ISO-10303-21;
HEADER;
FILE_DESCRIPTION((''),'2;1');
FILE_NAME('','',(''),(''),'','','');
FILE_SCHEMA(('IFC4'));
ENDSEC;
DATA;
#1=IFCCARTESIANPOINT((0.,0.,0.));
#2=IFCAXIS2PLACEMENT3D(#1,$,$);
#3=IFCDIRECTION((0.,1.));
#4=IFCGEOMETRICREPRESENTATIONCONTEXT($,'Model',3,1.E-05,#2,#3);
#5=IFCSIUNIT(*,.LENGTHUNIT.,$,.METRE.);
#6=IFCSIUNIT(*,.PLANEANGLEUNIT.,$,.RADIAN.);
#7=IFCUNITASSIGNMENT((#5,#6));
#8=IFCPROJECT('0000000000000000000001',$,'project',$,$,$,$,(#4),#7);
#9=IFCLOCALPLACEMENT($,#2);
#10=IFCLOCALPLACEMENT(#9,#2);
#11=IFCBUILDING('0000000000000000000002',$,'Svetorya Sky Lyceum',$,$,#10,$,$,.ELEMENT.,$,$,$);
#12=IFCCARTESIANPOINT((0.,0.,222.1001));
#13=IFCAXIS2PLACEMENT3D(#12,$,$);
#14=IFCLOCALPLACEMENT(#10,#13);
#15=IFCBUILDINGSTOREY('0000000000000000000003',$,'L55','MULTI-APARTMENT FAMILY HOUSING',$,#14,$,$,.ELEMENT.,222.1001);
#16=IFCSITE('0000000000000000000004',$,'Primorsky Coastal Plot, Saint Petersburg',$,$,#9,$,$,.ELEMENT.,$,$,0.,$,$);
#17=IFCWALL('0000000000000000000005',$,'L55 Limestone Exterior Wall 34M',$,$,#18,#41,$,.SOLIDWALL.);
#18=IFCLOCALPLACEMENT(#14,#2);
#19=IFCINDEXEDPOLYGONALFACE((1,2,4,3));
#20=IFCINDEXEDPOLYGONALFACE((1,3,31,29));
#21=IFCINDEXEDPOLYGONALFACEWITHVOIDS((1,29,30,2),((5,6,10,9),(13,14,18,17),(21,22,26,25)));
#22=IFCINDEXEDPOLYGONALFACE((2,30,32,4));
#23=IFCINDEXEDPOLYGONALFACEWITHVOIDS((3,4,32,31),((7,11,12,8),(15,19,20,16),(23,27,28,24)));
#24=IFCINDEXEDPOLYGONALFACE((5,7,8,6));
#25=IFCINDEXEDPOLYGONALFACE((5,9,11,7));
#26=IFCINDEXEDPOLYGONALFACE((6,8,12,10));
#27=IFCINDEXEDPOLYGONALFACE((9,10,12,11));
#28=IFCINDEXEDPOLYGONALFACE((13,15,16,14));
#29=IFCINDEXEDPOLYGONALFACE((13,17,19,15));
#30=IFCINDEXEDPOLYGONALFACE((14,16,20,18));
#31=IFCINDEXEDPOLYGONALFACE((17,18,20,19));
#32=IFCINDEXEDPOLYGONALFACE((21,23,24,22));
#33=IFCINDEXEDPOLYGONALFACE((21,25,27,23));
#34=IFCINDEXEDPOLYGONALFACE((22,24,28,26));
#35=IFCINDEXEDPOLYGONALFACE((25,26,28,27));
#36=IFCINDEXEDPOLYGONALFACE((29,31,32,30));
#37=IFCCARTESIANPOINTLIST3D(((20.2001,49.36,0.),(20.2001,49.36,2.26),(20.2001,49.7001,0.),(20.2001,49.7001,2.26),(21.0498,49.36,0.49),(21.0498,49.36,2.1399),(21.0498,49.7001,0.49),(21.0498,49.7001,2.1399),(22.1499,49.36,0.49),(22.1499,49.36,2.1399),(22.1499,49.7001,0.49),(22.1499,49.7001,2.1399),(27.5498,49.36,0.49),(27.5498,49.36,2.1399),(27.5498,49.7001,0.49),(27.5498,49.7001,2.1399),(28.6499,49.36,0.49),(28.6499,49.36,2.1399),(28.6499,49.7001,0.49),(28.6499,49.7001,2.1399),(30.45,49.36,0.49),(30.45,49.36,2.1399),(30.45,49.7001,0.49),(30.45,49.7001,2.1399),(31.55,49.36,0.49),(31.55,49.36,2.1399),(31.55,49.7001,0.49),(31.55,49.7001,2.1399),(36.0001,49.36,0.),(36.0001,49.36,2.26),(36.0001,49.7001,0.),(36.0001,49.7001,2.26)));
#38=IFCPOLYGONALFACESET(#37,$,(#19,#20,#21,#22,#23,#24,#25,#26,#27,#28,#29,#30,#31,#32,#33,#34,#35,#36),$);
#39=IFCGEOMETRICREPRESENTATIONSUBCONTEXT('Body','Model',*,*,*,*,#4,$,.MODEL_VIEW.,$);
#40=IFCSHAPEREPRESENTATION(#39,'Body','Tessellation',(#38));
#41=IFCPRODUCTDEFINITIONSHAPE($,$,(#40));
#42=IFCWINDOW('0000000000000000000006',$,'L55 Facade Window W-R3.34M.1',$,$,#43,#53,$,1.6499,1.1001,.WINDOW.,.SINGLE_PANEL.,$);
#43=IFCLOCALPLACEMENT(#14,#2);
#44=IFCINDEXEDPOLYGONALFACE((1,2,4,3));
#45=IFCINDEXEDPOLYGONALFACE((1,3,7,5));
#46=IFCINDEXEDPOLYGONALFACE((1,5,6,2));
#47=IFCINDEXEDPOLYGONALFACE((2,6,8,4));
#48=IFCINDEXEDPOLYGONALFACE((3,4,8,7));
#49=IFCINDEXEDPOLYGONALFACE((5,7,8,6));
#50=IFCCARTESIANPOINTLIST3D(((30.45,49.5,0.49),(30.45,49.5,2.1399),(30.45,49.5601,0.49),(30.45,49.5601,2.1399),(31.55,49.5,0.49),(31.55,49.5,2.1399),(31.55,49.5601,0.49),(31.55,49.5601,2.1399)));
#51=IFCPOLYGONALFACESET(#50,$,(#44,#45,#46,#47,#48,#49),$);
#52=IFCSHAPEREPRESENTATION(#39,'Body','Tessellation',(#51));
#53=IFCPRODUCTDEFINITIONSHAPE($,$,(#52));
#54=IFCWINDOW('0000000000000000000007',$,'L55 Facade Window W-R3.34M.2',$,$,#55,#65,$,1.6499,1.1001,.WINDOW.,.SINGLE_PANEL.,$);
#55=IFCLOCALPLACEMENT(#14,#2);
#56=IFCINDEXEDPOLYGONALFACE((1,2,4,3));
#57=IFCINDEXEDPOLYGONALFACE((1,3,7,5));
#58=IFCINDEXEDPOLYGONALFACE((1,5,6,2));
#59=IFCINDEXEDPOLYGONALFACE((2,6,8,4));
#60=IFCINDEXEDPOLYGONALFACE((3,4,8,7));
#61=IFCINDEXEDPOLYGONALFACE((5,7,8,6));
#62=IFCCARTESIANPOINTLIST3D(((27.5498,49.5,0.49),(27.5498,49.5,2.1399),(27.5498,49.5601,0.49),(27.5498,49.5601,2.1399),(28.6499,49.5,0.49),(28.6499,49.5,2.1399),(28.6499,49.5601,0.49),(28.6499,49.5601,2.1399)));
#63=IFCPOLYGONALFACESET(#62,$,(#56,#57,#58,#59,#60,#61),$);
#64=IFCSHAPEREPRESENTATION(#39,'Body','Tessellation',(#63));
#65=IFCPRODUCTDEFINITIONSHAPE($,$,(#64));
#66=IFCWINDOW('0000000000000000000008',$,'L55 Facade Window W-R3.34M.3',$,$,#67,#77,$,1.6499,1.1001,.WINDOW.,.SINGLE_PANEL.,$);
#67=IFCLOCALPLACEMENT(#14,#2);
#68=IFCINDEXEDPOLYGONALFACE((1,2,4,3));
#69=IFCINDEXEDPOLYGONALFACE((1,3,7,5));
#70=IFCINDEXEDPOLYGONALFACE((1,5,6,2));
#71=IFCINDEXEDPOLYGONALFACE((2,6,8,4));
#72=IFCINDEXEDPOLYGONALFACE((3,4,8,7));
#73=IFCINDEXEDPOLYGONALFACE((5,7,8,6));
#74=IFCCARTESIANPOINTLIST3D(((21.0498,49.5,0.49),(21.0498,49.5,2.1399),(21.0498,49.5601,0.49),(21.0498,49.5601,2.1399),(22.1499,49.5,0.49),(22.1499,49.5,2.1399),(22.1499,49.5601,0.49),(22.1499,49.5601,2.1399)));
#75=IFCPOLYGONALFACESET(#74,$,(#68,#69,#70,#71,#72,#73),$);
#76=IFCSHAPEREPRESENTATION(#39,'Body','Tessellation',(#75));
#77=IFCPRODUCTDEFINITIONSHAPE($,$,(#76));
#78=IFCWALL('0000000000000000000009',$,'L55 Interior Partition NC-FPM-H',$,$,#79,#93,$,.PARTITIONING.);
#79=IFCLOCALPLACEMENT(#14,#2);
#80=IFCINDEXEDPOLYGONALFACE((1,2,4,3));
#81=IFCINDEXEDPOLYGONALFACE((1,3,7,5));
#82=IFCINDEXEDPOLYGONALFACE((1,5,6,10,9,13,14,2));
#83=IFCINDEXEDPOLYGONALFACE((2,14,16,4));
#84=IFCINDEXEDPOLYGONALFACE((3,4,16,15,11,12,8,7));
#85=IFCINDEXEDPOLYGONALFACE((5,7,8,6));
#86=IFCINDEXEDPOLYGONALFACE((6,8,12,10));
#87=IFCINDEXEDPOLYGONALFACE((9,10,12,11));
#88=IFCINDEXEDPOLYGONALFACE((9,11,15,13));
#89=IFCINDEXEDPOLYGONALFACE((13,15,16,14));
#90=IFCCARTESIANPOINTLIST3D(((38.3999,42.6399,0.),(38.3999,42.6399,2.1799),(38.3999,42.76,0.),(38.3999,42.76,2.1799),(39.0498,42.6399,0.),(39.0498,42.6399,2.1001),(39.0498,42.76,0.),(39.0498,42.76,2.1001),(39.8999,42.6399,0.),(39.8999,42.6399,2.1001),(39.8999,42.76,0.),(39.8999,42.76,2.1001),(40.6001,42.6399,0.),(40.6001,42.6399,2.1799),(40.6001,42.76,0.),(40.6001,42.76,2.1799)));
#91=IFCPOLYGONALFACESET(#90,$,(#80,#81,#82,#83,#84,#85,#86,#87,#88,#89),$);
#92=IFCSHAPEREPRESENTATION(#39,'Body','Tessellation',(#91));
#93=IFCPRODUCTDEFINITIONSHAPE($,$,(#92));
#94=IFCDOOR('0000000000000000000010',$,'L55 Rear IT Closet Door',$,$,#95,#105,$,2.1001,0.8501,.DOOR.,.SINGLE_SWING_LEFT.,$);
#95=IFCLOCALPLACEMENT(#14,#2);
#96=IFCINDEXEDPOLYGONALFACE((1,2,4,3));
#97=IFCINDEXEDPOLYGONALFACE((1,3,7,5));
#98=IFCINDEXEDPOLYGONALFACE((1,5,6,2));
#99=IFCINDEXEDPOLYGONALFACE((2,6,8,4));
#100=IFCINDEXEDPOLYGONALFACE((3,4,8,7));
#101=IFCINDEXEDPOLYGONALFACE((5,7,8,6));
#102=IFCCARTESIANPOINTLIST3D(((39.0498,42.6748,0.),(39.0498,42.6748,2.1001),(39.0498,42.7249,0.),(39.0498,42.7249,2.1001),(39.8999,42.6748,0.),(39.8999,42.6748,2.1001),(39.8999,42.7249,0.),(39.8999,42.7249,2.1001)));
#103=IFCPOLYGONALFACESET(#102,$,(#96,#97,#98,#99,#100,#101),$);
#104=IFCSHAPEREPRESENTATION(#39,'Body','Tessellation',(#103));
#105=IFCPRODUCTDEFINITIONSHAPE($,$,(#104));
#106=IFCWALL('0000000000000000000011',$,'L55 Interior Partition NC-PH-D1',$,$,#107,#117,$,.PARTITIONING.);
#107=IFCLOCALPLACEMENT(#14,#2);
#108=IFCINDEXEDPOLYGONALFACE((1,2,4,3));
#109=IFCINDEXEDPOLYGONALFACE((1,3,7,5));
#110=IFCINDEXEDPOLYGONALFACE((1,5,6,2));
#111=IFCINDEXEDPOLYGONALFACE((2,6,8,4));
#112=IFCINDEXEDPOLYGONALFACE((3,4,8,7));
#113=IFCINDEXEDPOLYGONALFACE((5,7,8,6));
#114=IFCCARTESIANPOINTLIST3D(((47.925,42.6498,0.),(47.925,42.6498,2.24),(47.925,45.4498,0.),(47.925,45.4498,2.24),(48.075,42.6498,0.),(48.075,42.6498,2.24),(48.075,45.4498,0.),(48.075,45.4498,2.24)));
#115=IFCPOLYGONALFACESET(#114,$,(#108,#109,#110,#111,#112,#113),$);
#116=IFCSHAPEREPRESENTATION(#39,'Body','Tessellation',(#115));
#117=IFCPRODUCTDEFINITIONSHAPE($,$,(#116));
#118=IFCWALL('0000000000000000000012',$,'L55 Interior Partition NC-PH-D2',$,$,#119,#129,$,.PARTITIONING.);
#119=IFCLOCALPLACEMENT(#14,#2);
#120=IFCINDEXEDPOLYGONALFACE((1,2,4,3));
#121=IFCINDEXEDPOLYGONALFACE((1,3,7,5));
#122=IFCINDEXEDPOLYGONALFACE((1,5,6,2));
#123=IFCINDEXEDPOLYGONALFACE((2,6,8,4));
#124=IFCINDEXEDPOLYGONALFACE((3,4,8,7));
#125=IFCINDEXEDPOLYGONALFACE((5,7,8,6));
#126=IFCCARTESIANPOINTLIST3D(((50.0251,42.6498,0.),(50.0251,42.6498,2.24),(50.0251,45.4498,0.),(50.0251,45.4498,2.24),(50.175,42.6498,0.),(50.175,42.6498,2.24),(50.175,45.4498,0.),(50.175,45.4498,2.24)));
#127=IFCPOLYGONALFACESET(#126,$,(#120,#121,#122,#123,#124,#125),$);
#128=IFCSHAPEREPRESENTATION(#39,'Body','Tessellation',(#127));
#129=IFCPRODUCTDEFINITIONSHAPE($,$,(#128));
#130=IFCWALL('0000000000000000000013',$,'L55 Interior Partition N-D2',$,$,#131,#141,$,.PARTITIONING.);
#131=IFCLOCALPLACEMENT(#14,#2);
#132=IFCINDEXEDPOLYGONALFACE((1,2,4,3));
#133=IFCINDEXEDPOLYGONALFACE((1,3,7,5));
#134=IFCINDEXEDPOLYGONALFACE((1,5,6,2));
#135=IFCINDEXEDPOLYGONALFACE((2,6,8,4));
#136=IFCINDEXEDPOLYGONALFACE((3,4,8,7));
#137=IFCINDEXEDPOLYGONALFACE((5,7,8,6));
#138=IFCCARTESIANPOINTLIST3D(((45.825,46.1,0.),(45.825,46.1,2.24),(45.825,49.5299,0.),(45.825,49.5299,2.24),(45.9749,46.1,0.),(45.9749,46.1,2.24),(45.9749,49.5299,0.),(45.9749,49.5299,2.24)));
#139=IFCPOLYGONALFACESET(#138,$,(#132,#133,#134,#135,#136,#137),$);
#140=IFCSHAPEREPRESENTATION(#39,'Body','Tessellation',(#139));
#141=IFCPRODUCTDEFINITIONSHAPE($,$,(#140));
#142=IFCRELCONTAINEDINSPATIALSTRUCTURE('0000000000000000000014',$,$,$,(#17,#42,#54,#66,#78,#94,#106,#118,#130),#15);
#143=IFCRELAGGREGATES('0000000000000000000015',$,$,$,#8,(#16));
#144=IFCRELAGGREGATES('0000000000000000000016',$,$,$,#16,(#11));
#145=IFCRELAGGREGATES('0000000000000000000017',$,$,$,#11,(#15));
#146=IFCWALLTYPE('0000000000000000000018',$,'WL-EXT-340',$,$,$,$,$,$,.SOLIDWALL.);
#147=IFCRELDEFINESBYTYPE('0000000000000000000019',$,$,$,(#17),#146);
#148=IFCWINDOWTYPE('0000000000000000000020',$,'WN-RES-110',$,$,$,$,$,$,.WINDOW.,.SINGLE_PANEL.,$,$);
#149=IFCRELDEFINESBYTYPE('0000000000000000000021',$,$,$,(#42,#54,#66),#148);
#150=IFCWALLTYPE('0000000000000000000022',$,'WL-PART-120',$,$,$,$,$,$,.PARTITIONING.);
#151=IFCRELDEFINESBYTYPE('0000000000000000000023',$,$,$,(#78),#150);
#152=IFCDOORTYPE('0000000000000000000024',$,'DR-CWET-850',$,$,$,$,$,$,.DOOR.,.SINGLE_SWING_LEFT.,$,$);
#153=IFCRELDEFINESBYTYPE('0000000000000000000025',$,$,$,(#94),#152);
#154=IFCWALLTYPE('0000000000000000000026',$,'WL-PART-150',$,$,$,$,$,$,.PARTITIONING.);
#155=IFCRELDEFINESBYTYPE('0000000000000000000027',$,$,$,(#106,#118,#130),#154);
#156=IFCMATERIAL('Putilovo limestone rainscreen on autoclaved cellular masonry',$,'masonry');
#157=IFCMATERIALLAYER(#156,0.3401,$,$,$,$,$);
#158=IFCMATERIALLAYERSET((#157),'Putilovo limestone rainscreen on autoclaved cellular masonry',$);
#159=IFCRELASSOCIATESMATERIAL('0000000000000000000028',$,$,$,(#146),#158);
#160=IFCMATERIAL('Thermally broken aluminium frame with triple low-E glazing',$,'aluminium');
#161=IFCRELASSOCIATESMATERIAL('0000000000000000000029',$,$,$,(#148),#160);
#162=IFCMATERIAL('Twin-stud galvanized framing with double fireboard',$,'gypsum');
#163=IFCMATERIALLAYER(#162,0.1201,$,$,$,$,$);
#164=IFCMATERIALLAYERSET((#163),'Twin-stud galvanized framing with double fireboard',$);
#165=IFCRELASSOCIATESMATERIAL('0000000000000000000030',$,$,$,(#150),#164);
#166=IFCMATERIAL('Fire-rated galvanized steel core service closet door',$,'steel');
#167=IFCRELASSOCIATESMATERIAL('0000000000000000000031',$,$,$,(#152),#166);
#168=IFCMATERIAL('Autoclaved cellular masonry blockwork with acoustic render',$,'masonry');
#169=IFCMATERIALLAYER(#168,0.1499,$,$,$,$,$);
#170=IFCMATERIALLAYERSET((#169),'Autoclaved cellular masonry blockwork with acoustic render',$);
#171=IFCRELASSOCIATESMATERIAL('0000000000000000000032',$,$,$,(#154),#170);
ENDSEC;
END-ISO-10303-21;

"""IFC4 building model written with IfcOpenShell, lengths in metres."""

from ifc_helpers import new_model, si_unit, direction, frame, frame_2d, origin, place, context, subcontext, project, spatial, rectangle, extrude, material, layer, layer_set, type_object, element, fill, save


model = new_model("IFC4")

# Units and contexts
model_context = context("Model", 3, precision=1e-05, world=origin(), true_north=direction((0.0, 1.0)))
body_context = subcontext(model_context, "Body", "Model", "MODEL_VIEW")
ifc_project = project(units=[si_unit("LENGTHUNIT", "METRE"), si_unit("PLANEANGLEUNIT", "RADIAN")], contexts=[model_context])

# Site, building, storey
site_placement = place(None, origin())
site = spatial("IfcSite", under=ifc_project, at=site_placement, Name="Primorsky Coastal Plot, Saint Petersburg", CompositionType="ELEMENT", RefElevation=0.0)
building_placement = place(site_placement, origin())
building = spatial("IfcBuilding", under=site, at=building_placement, Name="Svetorya Sky Lyceum", CompositionType="ELEMENT")
storey_placement = place(building_placement, frame((0.0, 0.0, 222.1001)))
storey = spatial("IfcBuildingStorey", under=building, at=storey_placement, Name="L55", Description="MULTI-APARTMENT FAMILY HOUSING", CompositionType="ELEMENT", Elevation=222.1001)

# Shared definitions
ifc_material_1 = material(Name="Putilovo limestone rainscreen on autoclaved cellular masonry", Category="masonry")
ifc_layer_1 = layer(ifc_material_1, 0.3401)
ifc_layer_set_1 = layer_set([ifc_layer_1], Name="Putilovo limestone rainscreen on autoclaved cellular masonry")
wall_type_1 = type_object("IfcWallType", Name="WL-EXT-340", PredefinedType="SOLIDWALL", material=ifc_layer_set_1)

# Wall, openings, windows
wall_1_placement = place(storey_placement, frame((36.0, 49.53, 0.0), z_axis=(0.0, 0.0, 1.0), x_axis=(-1.0, 0.0, 0.0)))
wall_1 = element("IfcWall", 1, at=wall_1_placement, inside=storey, type_object=wall_type_1, Name="L55 Limestone Exterior Wall 34M", PredefinedType="SOLIDWALL", context=body_context, shape_type="SweptSolid", body=[
    extrude(rectangle(XDim=15.8, YDim=0.3401, at=frame_2d((7.8999, 0.0))), origin(), (0.0, 0.0, 1.0), 2.26),
])
opening_1_placement = place(wall_1_placement, frame((4.45, 0.0, 0.49)))
opening_1 = element("IfcOpeningElement", 2, at=opening_1_placement, cuts=wall_1, PredefinedType="OPENING", context=body_context, shape_type="SweptSolid", body=[
    extrude(rectangle(XDim=1.1001, YDim=1.6499, at=frame_2d((0.55, 0.825))), frame((0.0, 0.1799, 0.0), z_axis=(0.0, -1.0, 0.0), x_axis=(1.0, 0.0, 0.0)), (0.0, 0.0, 1.0), 0.3601),
])
opening_2_placement = place(wall_1_placement, frame((7.3501, 0.0, 0.49)))
opening_2 = element("IfcOpeningElement", 3, at=opening_2_placement, cuts=wall_1, PredefinedType="OPENING", context=body_context, shape_type="SweptSolid", body=[
    extrude(rectangle(XDim=1.1001, YDim=1.6499, at=frame_2d((0.55, 0.825))), frame((0.0, 0.1799, 0.0), z_axis=(0.0, -1.0, 0.0), x_axis=(1.0, 0.0, 0.0)), (0.0, 0.0, 1.0), 0.3601),
])
opening_3_placement = place(wall_1_placement, frame((13.8501, 0.0, 0.49)))
opening_3 = element("IfcOpeningElement", 4, at=opening_3_placement, cuts=wall_1, PredefinedType="OPENING", context=body_context, shape_type="SweptSolid", body=[
    extrude(rectangle(XDim=1.1001, YDim=1.6499, at=frame_2d((0.55, 0.825))), frame((0.0, 0.1799, 0.0), z_axis=(0.0, -1.0, 0.0), x_axis=(1.0, 0.0, 0.0)), (0.0, 0.0, 1.0), 0.3601),
])
ifc_material_2 = material(Name="Thermally broken aluminium frame with triple low-E glazing", Category="aluminium")
window_type = type_object("IfcWindowType", Name="WN-RES-110", PartitioningType="SINGLE_PANEL", PredefinedType="WINDOW", material=ifc_material_2)
window_1_placement = place(opening_1_placement, origin())
window_1 = element("IfcWindow", 5, at=window_1_placement, inside=storey, type_object=window_type, Name="L55 Facade Window W-R3.34M.1", OverallHeight=1.6499, OverallWidth=1.1001, PartitioningType="SINGLE_PANEL", PredefinedType="WINDOW", context=body_context, shape_type="SweptSolid", body=[
    extrude(rectangle(XDim=1.1001, YDim=1.6499, at=frame_2d((0.55, 0.825))), frame((0.0, 0.03, 0.0), z_axis=(0.0, -1.0, 0.0), x_axis=(1.0, 0.0, 0.0)), (0.0, 0.0, 1.0), 0.0601),
])
fill(opening_1, window_1)
window_2_placement = place(opening_2_placement, origin())
window_2 = element("IfcWindow", 6, at=window_2_placement, inside=storey, type_object=window_type, Name="L55 Facade Window W-R3.34M.2", OverallHeight=1.6499, OverallWidth=1.1001, PartitioningType="SINGLE_PANEL", PredefinedType="WINDOW", context=body_context, shape_type="SweptSolid", body=[
    extrude(rectangle(XDim=1.1001, YDim=1.6499, at=frame_2d((0.55, 0.825))), frame((0.0, 0.03, 0.0), z_axis=(0.0, -1.0, 0.0), x_axis=(1.0, 0.0, 0.0)), (0.0, 0.0, 1.0), 0.0601),
])
fill(opening_2, window_2)
window_3_placement = place(opening_3_placement, origin())
window_3 = element("IfcWindow", 7, at=window_3_placement, inside=storey, type_object=window_type, Name="L55 Facade Window W-R3.34M.3", OverallHeight=1.6499, OverallWidth=1.1001, PartitioningType="SINGLE_PANEL", PredefinedType="WINDOW", context=body_context, shape_type="SweptSolid", body=[
    extrude(rectangle(XDim=1.1001, YDim=1.6499, at=frame_2d((0.55, 0.825))), frame((0.0, 0.03, 0.0), z_axis=(0.0, -1.0, 0.0), x_axis=(1.0, 0.0, 0.0)), (0.0, 0.0, 1.0), 0.0601),
])
fill(opening_3, window_3)

# Wall, opening, door
ifc_material_3 = material(Name="Twin-stud galvanized framing with double fireboard", Category="gypsum")
ifc_layer_2 = layer(ifc_material_3, 0.1201)
ifc_layer_set_2 = layer_set([ifc_layer_2], Name="Twin-stud galvanized framing with double fireboard")
wall_type_2 = type_object("IfcWallType", Name="WL-PART-120", PredefinedType="PARTITIONING", material=ifc_layer_set_2)
wall_2_placement = place(storey_placement, frame((38.3999, 42.7, 0.0), z_axis=(0.0, 0.0, 1.0), x_axis=(1.0, 0.0, 0.0)))
wall_2 = element("IfcWall", 8, at=wall_2_placement, inside=storey, type_object=wall_type_2, Name="L55 Interior Partition NC-FPM-H", PredefinedType="PARTITIONING", context=body_context, shape_type="SweptSolid", body=[
    extrude(rectangle(XDim=2.2002, YDim=0.1201, at=frame_2d((1.1001, 0.0))), origin(), (0.0, 0.0, 1.0), 2.1799),
])
opening_4_placement = place(wall_2_placement, frame((0.6499, 0.0, 0.0)))
opening_4 = element("IfcOpeningElement", 9, at=opening_4_placement, cuts=wall_2, PredefinedType="OPENING", context=body_context, shape_type="SweptSolid", body=[
    extrude(rectangle(XDim=0.8501, YDim=2.1001, at=frame_2d((0.425, 1.05))), frame((0.0, 0.0701, 0.0), z_axis=(0.0, -1.0, 0.0), x_axis=(1.0, 0.0, 0.0)), (0.0, 0.0, 1.0), 0.1401),
])
ifc_material_4 = material(Name="Fire-rated galvanized steel core service closet door", Category="steel")
door_type_1 = type_object("IfcDoorType", Name="DR-CWET-850", OperationType="SINGLE_SWING_LEFT", PredefinedType="DOOR", material=ifc_material_4)
door_1_placement = place(opening_4_placement, origin())
door_1 = element("IfcDoor", 10, at=door_1_placement, inside=storey, type_object=door_type_1, Name="L55 Rear IT Closet Door", OperationType="SINGLE_SWING_LEFT", OverallHeight=2.1001, OverallWidth=0.8501, PredefinedType="DOOR", context=body_context, shape_type="SweptSolid", body=[
    extrude(rectangle(XDim=0.8501, YDim=2.1001, at=frame_2d((0.425, 1.05))), frame((0.0, 0.0249, 0.0), z_axis=(0.0, -1.0, 0.0), x_axis=(1.0, 0.0, 0.0)), (0.0, 0.0, 1.0), 0.05),
])
fill(opening_4, door_1)

# Walls
ifc_material_5 = material(Name="Autoclaved cellular masonry blockwork with acoustic render", Category="masonry")
ifc_layer_3 = layer(ifc_material_5, 0.1499)
ifc_layer_set_3 = layer_set([ifc_layer_3], Name="Autoclaved cellular masonry blockwork with acoustic render")
wall_type_3 = type_object("IfcWallType", Name="WL-PART-150", PredefinedType="PARTITIONING", material=ifc_layer_set_3)
for number, where, z_axis, x_axis, name in (
    (11, (48.0, 42.6499, 0.0), (0.0, 0.0, 1.0), (0.0, 1.0, 0.0), "L55 Interior Partition NC-PH-D1"),
    (12, (50.1001, 42.6499, 0.0), (0.0, 0.0, 1.0), (0.0, 1.0, 0.0), "L55 Interior Partition NC-PH-D2"),
):
    element("IfcWall", number, at=place(storey_placement, frame(where, z_axis=z_axis, x_axis=x_axis)), inside=storey, type_object=wall_type_3, Name=name, PredefinedType="PARTITIONING", context=body_context, shape_type="SweptSolid", body=[
        extrude(rectangle(XDim=2.8, YDim=0.1499, at=frame_2d((1.3999, 0.0))), origin(), (0.0, 0.0, 1.0), 2.24),
    ])
wall_3_placement = place(storey_placement, frame((45.8999, 46.1001, 0.0), z_axis=(0.0, 0.0, 1.0), x_axis=(0.0, 1.0, 0.0)))
element("IfcWall", 13, at=wall_3_placement, inside=storey, type_object=wall_type_3, Name="L55 Interior Partition N-D2", PredefinedType="PARTITIONING", context=body_context, shape_type="SweptSolid", body=[
    extrude(rectangle(XDim=3.4299, YDim=0.1499, at=frame_2d((1.7148, 0.0))), origin(), (0.0, 0.0, 1.0), 2.24),
])

save(model, "model.ifc")
